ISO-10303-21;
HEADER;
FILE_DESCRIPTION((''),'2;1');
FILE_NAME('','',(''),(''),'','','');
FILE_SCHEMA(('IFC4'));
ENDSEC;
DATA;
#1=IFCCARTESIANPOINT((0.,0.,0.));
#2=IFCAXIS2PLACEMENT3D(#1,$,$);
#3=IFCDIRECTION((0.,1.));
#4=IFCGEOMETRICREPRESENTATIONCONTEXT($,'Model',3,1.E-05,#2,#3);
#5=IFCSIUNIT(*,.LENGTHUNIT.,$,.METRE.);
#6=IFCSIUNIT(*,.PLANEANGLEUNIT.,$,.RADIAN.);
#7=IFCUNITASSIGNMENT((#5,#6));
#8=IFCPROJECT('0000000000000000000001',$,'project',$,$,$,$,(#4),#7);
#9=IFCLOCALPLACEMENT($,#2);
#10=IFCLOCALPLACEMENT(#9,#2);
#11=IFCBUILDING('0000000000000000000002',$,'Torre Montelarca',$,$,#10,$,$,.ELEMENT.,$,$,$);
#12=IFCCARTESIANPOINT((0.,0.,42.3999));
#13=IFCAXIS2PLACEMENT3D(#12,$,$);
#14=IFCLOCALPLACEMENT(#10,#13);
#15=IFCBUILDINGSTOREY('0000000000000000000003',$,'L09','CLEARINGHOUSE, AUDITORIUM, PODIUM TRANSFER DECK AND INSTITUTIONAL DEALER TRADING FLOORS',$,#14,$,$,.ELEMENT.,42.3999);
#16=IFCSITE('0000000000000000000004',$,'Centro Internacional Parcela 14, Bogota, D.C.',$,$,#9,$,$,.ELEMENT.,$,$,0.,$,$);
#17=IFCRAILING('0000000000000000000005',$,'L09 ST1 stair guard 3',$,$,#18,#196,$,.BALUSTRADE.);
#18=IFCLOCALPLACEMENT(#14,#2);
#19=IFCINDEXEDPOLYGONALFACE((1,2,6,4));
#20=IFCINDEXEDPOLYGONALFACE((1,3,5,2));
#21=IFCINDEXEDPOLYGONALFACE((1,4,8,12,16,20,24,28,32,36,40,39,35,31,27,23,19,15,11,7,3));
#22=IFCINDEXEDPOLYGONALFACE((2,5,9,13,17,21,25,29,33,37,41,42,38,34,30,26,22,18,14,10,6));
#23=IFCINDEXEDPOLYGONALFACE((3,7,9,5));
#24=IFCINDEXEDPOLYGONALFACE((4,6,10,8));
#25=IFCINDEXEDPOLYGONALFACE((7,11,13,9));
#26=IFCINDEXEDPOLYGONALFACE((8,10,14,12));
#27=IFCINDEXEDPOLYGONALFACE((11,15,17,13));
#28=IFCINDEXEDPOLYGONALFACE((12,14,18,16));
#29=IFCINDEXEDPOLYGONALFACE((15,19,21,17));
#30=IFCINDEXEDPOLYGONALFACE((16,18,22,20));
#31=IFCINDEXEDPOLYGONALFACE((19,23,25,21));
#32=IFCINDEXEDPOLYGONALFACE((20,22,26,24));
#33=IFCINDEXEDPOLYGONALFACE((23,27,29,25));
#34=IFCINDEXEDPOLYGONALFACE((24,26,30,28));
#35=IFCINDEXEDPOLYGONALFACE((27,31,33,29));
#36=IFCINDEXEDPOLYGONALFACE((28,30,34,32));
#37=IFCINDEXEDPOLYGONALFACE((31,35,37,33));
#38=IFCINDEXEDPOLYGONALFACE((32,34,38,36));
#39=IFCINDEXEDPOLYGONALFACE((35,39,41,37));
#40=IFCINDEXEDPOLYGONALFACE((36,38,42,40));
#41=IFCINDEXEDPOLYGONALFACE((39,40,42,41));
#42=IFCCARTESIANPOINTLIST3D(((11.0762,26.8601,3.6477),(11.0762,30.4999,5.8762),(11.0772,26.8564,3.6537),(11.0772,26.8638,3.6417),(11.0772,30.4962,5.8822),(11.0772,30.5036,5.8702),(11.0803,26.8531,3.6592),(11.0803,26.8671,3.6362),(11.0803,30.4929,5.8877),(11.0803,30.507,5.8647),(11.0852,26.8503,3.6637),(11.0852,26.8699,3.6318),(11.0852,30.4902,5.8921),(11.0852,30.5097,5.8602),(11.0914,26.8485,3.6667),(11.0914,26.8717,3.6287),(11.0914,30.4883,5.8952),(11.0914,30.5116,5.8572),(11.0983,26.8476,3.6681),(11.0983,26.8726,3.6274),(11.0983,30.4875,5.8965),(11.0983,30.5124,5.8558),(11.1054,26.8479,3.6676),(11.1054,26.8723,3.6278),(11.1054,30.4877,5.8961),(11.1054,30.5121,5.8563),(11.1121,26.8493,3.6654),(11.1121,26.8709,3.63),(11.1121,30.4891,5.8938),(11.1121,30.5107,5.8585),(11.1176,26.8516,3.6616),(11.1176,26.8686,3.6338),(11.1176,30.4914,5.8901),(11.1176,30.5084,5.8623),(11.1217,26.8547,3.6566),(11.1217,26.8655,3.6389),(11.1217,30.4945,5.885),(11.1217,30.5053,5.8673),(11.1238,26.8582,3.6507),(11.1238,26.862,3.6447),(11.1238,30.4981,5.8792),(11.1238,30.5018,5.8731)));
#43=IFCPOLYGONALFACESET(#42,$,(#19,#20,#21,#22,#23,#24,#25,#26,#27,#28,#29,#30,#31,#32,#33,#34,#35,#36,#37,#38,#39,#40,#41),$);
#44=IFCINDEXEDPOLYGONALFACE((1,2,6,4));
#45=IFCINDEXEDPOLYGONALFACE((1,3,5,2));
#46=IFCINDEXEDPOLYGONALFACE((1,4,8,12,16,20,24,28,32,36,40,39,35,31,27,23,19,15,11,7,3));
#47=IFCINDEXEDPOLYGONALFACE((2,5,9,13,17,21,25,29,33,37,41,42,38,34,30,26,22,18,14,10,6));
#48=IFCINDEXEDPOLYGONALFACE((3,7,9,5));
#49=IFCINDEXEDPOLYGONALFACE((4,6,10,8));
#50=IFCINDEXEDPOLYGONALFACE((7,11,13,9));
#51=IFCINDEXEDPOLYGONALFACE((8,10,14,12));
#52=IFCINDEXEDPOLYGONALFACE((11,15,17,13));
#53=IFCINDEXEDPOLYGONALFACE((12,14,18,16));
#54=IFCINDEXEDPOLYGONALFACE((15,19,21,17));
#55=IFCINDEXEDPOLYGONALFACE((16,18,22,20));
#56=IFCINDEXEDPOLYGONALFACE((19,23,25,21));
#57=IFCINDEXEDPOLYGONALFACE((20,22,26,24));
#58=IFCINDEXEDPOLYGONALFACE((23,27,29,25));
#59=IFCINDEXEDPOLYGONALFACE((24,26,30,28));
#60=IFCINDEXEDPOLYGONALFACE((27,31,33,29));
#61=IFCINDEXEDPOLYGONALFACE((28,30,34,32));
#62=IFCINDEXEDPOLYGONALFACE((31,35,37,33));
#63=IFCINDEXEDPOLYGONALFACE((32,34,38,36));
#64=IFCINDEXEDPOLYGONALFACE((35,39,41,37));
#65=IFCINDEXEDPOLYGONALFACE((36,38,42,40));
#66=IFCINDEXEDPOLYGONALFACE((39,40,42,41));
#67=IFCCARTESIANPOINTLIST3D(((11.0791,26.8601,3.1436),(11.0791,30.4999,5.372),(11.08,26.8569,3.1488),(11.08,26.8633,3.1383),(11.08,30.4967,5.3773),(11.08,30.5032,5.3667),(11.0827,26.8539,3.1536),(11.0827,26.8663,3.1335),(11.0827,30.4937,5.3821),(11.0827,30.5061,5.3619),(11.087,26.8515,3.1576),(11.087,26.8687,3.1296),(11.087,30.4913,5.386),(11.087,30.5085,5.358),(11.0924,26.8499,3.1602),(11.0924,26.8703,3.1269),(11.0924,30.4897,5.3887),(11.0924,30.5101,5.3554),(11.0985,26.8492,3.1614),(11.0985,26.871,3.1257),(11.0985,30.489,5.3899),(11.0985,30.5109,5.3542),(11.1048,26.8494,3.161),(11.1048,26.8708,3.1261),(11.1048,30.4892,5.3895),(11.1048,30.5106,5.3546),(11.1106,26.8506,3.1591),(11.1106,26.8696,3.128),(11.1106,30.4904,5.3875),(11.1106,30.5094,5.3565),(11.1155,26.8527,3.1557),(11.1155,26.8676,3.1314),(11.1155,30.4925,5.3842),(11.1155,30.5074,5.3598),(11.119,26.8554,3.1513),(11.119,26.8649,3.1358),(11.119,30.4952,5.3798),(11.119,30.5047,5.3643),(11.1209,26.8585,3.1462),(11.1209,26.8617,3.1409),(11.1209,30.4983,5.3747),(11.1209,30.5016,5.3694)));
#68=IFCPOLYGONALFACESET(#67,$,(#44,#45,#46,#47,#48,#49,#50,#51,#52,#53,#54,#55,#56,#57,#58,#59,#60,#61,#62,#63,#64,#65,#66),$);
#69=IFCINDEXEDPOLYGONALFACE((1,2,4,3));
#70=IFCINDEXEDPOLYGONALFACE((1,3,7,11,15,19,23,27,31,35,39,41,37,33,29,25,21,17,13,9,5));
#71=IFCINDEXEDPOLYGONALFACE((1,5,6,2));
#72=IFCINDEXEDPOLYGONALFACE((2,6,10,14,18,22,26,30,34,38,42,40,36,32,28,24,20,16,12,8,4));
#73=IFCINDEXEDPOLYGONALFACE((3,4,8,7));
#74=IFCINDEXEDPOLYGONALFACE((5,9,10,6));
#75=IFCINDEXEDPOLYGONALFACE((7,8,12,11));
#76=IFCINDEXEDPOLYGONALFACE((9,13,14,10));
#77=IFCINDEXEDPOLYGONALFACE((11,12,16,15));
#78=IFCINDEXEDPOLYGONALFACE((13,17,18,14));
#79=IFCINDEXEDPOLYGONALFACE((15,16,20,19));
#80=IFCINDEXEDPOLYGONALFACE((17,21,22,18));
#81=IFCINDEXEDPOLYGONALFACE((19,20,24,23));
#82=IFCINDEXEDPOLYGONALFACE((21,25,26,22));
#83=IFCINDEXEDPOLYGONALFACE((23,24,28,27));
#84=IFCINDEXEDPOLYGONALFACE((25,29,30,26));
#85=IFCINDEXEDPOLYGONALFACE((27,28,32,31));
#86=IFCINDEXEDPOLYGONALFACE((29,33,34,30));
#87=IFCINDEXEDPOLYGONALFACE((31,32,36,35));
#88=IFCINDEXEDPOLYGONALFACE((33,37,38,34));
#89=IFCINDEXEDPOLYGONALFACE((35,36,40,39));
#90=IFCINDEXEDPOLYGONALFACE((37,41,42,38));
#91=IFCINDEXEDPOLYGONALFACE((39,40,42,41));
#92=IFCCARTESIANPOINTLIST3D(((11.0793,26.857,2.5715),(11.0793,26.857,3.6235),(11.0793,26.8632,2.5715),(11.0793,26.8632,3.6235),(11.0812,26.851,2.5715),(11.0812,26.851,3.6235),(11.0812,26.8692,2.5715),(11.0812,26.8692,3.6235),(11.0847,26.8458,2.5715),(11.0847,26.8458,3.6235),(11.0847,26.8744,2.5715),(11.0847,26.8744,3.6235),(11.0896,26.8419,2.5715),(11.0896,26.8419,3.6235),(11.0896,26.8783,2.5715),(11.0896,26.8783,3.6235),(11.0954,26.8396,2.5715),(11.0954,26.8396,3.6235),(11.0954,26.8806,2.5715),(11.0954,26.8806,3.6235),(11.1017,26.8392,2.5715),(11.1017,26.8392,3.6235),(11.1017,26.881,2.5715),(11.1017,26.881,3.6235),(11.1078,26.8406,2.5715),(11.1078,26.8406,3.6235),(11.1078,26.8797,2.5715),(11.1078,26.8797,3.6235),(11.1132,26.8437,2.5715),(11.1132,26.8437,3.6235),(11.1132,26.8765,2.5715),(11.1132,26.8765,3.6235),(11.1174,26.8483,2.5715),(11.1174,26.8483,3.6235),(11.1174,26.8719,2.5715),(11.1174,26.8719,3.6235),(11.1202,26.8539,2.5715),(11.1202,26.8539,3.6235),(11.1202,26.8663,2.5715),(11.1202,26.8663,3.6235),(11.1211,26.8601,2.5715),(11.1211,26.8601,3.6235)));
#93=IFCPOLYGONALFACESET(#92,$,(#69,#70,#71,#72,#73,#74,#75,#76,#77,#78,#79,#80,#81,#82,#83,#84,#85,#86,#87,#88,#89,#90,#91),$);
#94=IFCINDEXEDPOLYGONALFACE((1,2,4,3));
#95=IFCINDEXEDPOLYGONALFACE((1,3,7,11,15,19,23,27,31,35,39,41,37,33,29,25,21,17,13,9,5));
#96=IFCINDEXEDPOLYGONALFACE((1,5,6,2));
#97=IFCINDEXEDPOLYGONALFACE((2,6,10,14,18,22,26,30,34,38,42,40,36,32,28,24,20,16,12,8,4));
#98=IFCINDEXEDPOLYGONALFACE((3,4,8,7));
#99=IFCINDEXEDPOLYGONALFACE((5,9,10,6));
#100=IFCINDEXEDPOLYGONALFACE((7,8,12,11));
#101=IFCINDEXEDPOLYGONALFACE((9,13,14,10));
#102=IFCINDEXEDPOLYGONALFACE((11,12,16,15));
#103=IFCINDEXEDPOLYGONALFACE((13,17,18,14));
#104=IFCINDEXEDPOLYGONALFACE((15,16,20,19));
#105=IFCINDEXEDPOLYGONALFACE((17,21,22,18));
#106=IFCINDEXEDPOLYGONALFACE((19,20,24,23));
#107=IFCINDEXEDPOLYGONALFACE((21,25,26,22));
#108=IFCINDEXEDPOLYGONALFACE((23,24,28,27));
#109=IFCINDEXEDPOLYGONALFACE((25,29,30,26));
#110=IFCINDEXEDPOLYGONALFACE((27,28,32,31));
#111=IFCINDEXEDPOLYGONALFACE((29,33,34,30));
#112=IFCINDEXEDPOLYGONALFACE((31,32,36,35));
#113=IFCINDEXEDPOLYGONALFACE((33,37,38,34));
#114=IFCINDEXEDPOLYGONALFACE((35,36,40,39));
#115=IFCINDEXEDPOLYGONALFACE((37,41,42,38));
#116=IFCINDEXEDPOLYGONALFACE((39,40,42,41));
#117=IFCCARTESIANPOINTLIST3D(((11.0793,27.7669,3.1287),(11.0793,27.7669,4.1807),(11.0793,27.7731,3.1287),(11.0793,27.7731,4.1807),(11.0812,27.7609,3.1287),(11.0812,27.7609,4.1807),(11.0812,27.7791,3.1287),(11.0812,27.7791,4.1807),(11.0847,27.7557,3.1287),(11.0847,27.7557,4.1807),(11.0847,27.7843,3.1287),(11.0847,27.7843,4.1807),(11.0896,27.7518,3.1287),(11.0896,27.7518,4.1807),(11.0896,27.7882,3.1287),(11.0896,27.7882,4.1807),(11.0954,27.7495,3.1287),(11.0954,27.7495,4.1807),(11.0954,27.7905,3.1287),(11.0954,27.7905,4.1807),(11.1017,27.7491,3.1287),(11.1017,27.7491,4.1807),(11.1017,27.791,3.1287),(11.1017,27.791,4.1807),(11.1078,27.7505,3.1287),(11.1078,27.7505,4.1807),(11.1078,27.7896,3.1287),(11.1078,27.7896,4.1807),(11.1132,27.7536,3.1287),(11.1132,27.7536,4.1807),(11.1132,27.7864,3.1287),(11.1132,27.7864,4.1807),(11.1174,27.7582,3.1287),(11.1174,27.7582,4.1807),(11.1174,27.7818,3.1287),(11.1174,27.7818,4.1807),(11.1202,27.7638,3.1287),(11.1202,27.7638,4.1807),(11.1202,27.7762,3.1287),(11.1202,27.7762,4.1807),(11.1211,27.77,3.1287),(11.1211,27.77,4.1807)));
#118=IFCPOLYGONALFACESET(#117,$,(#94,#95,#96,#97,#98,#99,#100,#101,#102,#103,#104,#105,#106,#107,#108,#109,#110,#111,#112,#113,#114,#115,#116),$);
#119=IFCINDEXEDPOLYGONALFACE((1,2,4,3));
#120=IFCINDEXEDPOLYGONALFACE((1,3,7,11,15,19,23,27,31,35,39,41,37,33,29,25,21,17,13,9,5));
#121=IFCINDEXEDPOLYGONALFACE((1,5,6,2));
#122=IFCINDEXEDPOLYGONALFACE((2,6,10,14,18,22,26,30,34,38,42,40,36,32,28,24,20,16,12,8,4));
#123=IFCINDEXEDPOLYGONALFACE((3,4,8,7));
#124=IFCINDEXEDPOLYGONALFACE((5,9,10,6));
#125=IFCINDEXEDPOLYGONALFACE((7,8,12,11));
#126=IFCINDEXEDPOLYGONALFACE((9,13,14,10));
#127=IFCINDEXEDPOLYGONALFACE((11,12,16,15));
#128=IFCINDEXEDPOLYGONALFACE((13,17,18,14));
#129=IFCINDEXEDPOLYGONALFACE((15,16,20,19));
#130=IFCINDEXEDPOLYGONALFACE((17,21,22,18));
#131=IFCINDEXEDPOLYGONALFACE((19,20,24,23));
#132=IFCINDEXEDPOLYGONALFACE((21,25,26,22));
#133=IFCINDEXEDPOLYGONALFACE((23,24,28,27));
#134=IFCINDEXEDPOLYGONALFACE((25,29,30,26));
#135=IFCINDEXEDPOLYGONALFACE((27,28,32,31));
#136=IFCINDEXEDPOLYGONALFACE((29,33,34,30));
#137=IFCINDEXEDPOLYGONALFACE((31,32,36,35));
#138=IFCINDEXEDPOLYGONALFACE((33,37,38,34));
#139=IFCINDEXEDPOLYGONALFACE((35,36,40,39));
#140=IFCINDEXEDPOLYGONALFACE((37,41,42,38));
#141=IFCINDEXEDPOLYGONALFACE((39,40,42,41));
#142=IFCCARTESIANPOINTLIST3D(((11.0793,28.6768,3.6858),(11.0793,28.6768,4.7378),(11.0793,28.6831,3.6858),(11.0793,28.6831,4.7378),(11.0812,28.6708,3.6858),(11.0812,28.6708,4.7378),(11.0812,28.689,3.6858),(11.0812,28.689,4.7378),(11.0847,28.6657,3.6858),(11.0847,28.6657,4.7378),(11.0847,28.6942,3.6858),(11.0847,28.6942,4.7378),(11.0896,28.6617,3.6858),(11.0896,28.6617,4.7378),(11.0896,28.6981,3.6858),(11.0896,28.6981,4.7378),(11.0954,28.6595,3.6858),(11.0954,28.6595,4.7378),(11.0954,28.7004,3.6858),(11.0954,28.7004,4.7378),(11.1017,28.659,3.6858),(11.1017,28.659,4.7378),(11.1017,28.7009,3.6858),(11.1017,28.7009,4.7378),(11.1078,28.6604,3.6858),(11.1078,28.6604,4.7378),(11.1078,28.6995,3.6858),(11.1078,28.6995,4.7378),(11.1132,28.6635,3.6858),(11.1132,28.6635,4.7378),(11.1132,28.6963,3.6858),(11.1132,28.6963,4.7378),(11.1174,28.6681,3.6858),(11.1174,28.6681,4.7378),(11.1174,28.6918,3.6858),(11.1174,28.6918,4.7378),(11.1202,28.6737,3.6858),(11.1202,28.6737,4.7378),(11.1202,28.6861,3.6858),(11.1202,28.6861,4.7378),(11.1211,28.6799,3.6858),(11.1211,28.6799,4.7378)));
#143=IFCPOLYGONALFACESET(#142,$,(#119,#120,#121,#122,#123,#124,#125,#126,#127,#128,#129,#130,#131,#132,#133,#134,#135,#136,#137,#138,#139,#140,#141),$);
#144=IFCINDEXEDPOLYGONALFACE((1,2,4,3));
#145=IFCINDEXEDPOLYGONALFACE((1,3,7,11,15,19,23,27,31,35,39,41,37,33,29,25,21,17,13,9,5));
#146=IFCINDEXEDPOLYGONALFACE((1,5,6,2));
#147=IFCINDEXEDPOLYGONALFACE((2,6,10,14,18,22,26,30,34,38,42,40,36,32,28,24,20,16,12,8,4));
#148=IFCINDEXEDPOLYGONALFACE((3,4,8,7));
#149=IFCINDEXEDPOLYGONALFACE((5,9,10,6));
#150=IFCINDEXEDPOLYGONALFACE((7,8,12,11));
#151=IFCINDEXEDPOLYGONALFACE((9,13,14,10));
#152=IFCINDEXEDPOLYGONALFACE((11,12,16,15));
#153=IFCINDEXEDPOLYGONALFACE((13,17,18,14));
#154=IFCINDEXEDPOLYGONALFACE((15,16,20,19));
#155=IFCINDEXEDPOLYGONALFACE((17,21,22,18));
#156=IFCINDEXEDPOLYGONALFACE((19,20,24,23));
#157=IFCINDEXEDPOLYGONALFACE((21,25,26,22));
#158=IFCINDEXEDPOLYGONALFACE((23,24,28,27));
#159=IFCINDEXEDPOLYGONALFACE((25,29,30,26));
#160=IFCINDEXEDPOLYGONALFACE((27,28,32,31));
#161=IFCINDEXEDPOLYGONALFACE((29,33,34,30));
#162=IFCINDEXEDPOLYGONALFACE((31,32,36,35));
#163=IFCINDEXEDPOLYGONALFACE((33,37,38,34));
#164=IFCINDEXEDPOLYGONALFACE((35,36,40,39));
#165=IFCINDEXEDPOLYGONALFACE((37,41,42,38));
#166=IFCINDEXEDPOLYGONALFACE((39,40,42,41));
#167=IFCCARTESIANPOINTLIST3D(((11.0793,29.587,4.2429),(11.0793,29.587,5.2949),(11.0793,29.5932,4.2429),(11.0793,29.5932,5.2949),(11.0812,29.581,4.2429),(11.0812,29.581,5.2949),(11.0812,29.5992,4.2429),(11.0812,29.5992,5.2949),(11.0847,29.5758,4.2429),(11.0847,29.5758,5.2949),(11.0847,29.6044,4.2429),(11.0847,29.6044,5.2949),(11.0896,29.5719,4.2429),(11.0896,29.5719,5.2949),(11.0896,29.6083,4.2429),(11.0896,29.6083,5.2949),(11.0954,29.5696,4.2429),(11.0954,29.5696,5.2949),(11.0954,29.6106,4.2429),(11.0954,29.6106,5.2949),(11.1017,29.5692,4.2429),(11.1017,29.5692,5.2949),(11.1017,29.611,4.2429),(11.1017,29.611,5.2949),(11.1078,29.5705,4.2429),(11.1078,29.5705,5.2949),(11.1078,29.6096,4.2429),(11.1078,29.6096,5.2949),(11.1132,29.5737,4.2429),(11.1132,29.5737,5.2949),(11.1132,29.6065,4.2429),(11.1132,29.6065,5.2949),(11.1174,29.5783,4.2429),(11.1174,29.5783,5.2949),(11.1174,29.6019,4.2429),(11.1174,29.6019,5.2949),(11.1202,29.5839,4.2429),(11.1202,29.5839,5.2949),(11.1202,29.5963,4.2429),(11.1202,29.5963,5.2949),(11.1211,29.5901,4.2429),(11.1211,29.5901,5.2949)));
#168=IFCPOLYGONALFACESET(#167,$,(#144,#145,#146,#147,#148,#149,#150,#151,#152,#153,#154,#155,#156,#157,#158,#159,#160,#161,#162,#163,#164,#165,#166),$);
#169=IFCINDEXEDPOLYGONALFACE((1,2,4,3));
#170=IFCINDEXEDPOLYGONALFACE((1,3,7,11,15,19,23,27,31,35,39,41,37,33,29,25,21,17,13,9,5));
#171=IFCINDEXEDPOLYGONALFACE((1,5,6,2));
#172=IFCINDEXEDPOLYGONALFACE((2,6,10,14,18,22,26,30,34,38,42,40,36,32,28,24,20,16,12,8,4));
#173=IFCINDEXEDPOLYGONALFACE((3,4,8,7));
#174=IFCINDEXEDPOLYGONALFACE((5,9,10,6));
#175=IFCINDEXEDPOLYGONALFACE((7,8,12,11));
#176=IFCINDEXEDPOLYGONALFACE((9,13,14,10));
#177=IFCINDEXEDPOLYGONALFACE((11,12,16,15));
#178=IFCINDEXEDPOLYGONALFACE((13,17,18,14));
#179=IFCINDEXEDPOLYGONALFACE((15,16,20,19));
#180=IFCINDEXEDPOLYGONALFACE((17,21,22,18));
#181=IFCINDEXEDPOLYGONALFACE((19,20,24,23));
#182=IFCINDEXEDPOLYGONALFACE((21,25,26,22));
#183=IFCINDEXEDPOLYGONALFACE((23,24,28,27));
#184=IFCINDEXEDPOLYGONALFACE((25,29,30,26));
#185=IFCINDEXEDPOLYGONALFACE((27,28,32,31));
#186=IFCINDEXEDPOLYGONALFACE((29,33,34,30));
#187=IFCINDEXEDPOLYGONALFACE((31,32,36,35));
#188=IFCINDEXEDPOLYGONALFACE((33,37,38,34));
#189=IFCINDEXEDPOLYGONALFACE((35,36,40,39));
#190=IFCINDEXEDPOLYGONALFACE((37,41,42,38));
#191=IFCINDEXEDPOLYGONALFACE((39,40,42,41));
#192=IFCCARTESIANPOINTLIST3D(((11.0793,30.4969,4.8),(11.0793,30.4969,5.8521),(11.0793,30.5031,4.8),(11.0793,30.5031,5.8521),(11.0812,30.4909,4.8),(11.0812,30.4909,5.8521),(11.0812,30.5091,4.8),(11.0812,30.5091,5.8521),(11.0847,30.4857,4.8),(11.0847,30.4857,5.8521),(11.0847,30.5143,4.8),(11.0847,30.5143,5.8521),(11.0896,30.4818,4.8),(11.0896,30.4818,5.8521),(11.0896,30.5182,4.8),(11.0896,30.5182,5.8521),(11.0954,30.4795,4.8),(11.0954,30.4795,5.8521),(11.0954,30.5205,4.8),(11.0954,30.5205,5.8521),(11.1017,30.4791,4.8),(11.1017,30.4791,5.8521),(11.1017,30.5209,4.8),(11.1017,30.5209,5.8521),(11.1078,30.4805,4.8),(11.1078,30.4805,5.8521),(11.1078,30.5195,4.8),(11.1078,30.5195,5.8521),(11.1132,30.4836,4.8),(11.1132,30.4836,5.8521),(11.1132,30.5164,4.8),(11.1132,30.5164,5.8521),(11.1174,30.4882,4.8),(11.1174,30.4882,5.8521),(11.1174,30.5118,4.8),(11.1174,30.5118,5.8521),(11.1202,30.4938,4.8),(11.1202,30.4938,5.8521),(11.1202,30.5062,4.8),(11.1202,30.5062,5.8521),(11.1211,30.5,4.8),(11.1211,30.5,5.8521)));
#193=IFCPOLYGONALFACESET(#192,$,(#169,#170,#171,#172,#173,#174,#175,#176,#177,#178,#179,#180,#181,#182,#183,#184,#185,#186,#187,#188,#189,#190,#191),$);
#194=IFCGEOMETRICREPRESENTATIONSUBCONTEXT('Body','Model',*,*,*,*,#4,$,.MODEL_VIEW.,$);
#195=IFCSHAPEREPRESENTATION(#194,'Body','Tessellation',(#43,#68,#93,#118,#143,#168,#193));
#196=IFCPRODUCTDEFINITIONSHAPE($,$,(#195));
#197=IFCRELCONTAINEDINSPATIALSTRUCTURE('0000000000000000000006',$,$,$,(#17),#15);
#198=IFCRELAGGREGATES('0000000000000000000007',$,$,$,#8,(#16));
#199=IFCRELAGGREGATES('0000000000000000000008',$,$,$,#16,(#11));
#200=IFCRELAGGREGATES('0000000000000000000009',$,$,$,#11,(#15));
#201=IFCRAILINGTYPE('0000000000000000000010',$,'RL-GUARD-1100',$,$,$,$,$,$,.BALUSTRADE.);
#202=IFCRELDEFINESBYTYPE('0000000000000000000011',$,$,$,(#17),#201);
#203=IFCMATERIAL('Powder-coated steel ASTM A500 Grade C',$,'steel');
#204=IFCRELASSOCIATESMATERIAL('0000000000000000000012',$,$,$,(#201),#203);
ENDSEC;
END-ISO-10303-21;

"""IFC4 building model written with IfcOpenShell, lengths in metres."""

from ifc_helpers import new_model, si_unit, direction, frame, origin, origin_2d, place, context, subcontext, project, spatial, circle, extrude, material, type_object, element, save


model = new_model("IFC4")

# Units and contexts
model_context = context("Model", 3, precision=1e-05, world=origin(), true_north=direction((0.0, 1.0)))
body_context = subcontext(model_context, "Body", "Model", "MODEL_VIEW")
ifc_project = project(units=[si_unit("LENGTHUNIT", "METRE"), si_unit("PLANEANGLEUNIT", "RADIAN")], contexts=[model_context])

# Site, building, storey
site_placement = place(None, origin())
site = spatial("IfcSite", under=ifc_project, at=site_placement, Name="Centro Internacional Parcela 14, Bogota, D.C.", CompositionType="ELEMENT", RefElevation=0.0)
building_placement = place(site_placement, origin())
building = spatial("IfcBuilding", under=site, at=building_placement, Name="Torre Montelarca", CompositionType="ELEMENT")
storey_placement = place(building_placement, frame((0.0, 0.0, 42.3999)))
storey = spatial("IfcBuildingStorey", under=building, at=storey_placement, Name="L09", Description="CLEARINGHOUSE, AUDITORIUM, PODIUM TRANSFER DECK AND INSTITUTIONAL DEALER TRADING FLOORS", CompositionType="ELEMENT", Elevation=42.3999)

# Railing
ifc_material_1 = material(Name="Powder-coated steel ASTM A500 Grade C", Category="steel")
railing_type_1 = type_object("IfcRailingType", Name="RL-GUARD-1100", PredefinedType="BALUSTRADE", material=ifc_material_1)
railing_1_placement = place(storey_placement, frame((11.1001, 26.8601, 2.5715)))
element("IfcRailing", 1, at=railing_1_placement, inside=storey, type_object=railing_type_1, Name="L09 ST1 stair guard 3", PredefinedType="BALUSTRADE", context=body_context, shape_type="SweptSolid", body=[
    extrude(circle(Radius=0.0239, at=origin_2d()), frame((0.0, 0.0, 1.0762), z_axis=(0.0, 0.85285, 0.522156), x_axis=(-1.0, 0.0, 0.0)), (0.0, 0.0, 1.0), 4.2678),
    extrude(circle(Radius=0.021, at=origin_2d()), frame((0.0, 0.0, 0.572), z_axis=(0.0, 0.85285, 0.522156), x_axis=(-1.0, 0.0, 0.0)), (0.0, 0.0, 1.0), 4.2678),
    extrude(circle(Radius=0.021, at=origin_2d()), origin(), (0.0, 0.0, 1.0), 1.052),
    extrude(circle(Radius=0.021, at=origin_2d()), frame((0.0, 0.9099, 0.5571)), (0.0, 0.0, 1.0), 1.052),
    extrude(circle(Radius=0.021, at=origin_2d()), frame((0.0, 1.8198, 1.1143)), (0.0, 0.0, 1.0), 1.052),
    extrude(circle(Radius=0.021, at=origin_2d()), frame((0.0, 2.73, 1.6714)), (0.0, 0.0, 1.0), 1.052),
    extrude(circle(Radius=0.021, at=origin_2d()), frame((0.0, 3.6399, 2.2285)), (0.0, 0.0, 1.0), 1.052),
])

save(model, "model.ifc")
